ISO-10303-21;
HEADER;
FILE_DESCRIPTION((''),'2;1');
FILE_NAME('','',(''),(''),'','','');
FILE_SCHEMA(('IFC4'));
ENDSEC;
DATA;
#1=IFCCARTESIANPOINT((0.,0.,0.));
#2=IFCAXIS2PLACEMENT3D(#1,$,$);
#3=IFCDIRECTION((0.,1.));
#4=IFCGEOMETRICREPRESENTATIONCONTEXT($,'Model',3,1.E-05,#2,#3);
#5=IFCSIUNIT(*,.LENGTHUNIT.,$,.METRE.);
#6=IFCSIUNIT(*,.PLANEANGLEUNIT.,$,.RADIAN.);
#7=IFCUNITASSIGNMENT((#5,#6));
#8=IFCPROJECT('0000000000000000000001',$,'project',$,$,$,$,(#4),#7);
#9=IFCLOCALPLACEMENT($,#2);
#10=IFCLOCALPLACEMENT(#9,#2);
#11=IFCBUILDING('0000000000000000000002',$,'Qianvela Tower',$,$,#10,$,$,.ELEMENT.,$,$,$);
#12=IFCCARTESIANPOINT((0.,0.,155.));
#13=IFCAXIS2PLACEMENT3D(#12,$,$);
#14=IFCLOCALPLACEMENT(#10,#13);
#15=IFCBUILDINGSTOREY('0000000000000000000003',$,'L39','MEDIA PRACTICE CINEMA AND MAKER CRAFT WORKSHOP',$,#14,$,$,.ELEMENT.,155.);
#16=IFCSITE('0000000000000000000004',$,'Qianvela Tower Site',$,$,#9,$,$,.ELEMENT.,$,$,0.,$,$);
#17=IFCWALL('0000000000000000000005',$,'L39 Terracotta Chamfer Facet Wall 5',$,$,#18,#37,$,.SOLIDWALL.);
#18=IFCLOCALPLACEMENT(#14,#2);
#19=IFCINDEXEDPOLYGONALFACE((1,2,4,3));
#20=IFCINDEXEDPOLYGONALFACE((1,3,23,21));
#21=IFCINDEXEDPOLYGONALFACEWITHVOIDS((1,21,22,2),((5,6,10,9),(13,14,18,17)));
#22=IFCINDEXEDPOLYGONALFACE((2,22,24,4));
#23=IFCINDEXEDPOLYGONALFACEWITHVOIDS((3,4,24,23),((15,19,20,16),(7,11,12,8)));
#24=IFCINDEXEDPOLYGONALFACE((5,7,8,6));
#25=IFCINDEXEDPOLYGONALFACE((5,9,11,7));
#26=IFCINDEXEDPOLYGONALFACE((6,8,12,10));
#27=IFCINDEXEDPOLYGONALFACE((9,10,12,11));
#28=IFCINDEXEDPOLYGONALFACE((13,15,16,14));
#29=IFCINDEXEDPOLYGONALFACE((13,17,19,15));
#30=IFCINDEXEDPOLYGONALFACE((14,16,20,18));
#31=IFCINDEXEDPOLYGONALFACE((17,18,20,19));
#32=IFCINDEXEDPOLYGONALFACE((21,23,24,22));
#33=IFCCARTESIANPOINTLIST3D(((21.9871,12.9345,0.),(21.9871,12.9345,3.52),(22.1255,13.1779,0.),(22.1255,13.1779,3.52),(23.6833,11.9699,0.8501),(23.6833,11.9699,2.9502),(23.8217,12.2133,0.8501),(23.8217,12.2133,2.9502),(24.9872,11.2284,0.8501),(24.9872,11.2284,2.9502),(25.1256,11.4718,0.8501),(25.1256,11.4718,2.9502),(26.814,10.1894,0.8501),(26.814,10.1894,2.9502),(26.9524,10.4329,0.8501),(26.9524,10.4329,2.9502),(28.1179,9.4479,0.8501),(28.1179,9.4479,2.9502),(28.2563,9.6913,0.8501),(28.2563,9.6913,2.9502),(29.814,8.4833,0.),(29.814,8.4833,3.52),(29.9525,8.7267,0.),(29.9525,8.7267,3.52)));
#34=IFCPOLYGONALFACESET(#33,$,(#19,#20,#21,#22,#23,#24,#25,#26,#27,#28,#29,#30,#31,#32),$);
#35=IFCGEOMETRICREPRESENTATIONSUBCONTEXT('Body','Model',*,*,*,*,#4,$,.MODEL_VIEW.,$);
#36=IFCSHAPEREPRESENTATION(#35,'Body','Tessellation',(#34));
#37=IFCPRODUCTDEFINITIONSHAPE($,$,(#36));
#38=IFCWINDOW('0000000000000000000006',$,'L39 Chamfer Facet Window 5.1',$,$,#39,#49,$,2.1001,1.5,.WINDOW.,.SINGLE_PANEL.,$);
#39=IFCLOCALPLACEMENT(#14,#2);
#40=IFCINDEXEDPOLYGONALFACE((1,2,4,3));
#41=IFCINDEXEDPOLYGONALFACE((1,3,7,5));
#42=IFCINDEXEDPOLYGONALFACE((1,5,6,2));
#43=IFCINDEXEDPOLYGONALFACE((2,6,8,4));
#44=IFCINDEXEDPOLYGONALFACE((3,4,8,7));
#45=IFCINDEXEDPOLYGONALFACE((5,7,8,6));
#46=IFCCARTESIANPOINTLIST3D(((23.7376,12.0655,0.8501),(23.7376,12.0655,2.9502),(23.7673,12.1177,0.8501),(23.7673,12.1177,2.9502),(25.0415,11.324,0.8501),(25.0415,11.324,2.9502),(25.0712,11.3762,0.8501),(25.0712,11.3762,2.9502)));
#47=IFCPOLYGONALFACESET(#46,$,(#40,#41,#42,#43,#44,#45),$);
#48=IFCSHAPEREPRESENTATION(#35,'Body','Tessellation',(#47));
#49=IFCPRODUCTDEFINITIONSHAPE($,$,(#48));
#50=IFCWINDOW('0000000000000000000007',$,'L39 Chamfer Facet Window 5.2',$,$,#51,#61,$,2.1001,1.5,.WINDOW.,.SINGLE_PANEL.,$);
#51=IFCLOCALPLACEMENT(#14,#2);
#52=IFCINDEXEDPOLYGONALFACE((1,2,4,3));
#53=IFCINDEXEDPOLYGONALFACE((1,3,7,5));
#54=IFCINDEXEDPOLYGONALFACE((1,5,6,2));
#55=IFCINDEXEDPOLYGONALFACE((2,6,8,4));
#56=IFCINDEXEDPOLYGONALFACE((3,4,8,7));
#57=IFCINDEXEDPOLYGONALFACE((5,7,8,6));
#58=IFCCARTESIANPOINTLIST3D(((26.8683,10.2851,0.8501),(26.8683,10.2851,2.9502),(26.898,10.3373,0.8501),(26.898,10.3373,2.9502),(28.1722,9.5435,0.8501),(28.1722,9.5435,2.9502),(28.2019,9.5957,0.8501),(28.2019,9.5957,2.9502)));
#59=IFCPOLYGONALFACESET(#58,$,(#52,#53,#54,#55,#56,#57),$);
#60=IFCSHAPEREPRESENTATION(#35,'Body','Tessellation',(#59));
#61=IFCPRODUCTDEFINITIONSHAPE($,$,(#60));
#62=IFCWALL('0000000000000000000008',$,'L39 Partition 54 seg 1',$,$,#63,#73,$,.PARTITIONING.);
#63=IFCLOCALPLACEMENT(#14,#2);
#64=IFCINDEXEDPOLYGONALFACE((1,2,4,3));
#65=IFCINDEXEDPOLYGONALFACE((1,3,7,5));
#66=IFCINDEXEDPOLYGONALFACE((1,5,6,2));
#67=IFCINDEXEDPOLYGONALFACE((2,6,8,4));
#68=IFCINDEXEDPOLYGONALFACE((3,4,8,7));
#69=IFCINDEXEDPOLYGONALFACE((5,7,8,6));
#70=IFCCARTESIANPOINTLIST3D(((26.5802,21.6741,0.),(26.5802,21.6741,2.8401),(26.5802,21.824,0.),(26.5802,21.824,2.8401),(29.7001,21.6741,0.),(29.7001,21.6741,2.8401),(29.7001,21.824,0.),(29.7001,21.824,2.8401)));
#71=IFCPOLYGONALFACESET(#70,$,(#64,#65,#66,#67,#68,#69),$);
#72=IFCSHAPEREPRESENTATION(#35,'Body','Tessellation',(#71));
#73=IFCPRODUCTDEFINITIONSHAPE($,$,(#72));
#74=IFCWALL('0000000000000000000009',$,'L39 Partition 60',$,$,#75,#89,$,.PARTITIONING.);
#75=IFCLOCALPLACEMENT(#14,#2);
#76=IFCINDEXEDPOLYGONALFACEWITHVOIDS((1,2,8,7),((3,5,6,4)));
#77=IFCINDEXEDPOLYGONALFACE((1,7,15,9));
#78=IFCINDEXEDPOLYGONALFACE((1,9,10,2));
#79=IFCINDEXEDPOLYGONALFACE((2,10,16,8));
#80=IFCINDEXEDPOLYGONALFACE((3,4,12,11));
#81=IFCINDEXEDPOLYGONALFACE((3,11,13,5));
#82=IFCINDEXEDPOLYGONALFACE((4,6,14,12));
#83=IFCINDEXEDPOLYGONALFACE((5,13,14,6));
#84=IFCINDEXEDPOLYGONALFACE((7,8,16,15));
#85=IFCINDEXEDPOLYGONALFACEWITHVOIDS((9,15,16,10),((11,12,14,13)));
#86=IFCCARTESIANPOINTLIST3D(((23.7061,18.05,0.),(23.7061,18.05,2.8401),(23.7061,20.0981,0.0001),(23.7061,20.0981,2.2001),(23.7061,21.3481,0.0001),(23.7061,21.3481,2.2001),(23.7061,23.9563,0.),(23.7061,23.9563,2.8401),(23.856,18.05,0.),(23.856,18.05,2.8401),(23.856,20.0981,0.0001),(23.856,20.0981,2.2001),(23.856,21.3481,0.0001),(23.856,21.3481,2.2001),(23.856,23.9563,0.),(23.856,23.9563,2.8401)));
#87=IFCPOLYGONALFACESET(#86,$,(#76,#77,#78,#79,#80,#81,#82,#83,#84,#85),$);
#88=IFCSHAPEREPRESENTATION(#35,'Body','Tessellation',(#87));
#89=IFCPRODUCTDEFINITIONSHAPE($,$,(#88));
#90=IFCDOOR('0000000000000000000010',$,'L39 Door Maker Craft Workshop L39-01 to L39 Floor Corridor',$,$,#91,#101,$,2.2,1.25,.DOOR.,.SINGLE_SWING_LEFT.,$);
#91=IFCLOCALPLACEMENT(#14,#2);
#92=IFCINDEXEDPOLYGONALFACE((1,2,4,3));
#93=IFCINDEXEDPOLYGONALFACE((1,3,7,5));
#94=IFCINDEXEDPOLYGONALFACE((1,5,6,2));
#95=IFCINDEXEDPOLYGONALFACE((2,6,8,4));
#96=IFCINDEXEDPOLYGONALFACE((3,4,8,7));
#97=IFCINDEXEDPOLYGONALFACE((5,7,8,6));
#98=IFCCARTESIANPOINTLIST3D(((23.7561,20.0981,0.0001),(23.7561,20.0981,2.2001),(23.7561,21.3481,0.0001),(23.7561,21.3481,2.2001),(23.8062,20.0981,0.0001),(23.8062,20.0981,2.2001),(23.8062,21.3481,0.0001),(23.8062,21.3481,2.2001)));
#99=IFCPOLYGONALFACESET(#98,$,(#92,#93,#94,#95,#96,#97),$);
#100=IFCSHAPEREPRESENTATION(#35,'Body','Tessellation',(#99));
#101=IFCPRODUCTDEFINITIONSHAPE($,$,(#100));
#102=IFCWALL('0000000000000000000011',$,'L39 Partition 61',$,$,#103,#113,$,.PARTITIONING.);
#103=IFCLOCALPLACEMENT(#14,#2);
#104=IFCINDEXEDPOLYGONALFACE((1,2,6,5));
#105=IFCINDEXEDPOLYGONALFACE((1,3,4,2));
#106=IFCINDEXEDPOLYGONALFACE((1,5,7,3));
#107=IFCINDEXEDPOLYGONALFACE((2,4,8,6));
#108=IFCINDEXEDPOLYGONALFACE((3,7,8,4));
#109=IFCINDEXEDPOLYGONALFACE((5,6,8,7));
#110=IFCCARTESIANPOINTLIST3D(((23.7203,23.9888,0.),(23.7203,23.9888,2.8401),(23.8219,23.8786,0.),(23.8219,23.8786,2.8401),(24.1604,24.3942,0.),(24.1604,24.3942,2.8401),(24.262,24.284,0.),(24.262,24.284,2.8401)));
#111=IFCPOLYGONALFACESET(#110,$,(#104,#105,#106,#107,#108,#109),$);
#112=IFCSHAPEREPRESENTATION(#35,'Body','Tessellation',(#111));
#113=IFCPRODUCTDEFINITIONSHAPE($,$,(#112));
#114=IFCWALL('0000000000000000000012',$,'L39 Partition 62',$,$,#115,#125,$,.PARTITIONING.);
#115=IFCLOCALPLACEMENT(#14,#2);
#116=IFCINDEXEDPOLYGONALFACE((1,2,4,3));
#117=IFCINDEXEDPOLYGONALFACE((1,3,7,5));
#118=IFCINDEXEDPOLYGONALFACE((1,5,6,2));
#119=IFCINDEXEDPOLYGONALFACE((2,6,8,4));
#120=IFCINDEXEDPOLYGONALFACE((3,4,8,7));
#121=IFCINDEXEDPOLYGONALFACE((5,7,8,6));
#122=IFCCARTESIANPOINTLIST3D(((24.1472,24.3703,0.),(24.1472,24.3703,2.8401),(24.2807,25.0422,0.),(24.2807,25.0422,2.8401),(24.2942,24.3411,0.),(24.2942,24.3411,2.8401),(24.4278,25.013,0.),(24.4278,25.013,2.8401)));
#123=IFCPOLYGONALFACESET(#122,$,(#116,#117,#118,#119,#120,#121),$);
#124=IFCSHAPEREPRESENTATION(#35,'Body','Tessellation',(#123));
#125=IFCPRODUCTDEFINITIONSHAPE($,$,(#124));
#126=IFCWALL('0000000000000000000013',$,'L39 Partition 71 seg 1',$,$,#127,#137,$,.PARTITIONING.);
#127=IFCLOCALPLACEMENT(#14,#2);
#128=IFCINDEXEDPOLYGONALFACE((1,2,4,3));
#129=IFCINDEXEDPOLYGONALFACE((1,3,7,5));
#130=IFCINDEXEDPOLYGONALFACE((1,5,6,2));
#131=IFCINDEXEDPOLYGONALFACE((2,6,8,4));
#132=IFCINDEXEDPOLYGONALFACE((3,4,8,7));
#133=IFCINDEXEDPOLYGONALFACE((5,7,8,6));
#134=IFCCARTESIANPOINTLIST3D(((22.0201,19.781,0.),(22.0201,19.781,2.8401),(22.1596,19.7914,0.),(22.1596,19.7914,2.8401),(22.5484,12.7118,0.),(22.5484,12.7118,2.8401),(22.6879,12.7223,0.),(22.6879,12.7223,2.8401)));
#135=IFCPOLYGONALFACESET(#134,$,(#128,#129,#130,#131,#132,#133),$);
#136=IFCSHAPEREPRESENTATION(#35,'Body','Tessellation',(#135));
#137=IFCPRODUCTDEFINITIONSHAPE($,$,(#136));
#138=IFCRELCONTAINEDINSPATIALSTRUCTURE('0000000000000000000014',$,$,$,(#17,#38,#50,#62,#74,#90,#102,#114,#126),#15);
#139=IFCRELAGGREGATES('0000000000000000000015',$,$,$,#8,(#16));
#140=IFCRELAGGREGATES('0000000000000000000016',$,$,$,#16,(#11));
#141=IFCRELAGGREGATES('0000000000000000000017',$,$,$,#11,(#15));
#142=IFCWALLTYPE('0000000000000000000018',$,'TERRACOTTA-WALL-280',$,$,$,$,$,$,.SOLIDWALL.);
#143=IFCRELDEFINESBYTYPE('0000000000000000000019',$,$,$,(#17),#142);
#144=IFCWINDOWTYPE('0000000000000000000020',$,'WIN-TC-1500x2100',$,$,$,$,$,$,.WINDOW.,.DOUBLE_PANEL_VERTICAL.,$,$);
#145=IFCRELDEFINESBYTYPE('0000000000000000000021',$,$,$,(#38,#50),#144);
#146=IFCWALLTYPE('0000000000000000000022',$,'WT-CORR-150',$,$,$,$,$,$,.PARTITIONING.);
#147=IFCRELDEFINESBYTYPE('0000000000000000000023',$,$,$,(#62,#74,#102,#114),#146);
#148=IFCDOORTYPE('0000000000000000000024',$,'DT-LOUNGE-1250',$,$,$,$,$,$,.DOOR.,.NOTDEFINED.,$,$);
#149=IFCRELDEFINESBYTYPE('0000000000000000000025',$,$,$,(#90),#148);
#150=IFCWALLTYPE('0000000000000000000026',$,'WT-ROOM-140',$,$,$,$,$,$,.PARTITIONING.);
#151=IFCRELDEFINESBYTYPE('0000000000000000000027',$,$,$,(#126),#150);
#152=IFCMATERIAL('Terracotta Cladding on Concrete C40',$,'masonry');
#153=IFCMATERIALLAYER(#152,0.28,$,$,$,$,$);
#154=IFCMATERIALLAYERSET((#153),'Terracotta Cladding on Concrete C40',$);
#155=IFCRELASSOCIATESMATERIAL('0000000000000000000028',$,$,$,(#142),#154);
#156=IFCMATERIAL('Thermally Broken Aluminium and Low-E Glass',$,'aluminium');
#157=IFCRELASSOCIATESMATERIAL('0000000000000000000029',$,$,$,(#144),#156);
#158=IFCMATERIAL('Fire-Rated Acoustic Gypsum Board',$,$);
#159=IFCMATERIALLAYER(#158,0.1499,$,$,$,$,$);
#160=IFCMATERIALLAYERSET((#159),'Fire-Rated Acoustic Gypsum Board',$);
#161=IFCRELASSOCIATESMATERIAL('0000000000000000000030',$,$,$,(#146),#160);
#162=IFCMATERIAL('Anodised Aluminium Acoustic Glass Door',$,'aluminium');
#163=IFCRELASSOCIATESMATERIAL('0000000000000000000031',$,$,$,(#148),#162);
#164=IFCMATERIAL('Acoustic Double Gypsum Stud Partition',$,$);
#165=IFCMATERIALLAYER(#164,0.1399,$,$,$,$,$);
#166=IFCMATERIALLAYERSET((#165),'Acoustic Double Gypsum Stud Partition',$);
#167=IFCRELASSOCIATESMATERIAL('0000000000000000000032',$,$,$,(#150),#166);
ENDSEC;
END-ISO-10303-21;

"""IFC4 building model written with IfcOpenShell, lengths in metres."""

from ifc_helpers import new_model, si_unit, direction, frame, frame_2d, origin, place, context, subcontext, project, spatial, rectangle, extrude, material, layer, layer_set, type_object, element, fill, save


model = new_model("IFC4")

# Units and contexts
model_context = context("Model", 3, precision=1e-05, world=origin(), true_north=direction((0.0, 1.0)))
body_context = subcontext(model_context, "Body", "Model", "MODEL_VIEW")
ifc_project = project(units=[si_unit("LENGTHUNIT", "METRE"), si_unit("PLANEANGLEUNIT", "RADIAN")], contexts=[model_context])

# Site, building, storey
site_placement = place(None, origin())
site = spatial("IfcSite", under=ifc_project, at=site_placement, Name="Qianvela Tower Site", CompositionType="ELEMENT", RefElevation=0.0)
building_placement = place(site_placement, origin())
building = spatial("IfcBuilding", under=site, at=building_placement, Name="Qianvela Tower", CompositionType="ELEMENT")
storey_placement = place(building_placement, frame((0.0, 0.0, 155.0)))
storey = spatial("IfcBuildingStorey", under=building, at=storey_placement, Name="L39", Description="MEDIA PRACTICE CINEMA AND MAKER CRAFT WORKSHOP", CompositionType="ELEMENT", Elevation=155.0)

# Wall, openings, windows
ifc_material_1 = material(Name="Terracotta Cladding on Concrete C40", Category="masonry")
ifc_layer_1 = layer(ifc_material_1, 0.28)
ifc_layer_set_1 = layer_set([ifc_layer_1], Name="Terracotta Cladding on Concrete C40")
wall_type_1 = type_object("IfcWallType", Name="TERRACOTTA-WALL-280", PredefinedType="SOLIDWALL", material=ifc_layer_set_1)
wall_1_placement = place(storey_placement, frame((22.0564, 13.0562, 0.0), z_axis=(0.0, 0.0, 1.0), x_axis=(0.869262, -0.494351, 0.0)))
wall_1 = element("IfcWall", 1, at=wall_1_placement, inside=storey, type_object=wall_type_1, Name="L39 Terracotta Chamfer Facet Wall 5", PredefinedType="SOLIDWALL", context=body_context, shape_type="SweptSolid", body=[
    extrude(rectangle(XDim=9.0042, YDim=0.28, at=frame_2d((4.502, 0.0))), origin(), (0.0, 0.0, 1.0), 3.52),
])
opening_1_placement = place(wall_1_placement, frame((1.9512, 0.0, 0.8501)))
opening_1 = element("IfcOpeningElement", 2, at=opening_1_placement, cuts=wall_1, PredefinedType="OPENING", context=body_context, shape_type="SweptSolid", body=[
    extrude(rectangle(XDim=1.5, YDim=2.1001, at=frame_2d((0.75, 1.05))), frame((0.0, 0.1499, 0.0), z_axis=(0.0, -1.0, 0.0), x_axis=(1.0, 0.0, 0.0)), (0.0, 0.0, 1.0), 0.3),
])
opening_2_placement = place(wall_1_placement, frame((5.5527, 0.0, 0.8501)))
opening_2 = element("IfcOpeningElement", 3, at=opening_2_placement, cuts=wall_1, PredefinedType="OPENING", context=body_context, shape_type="SweptSolid", body=[
    extrude(rectangle(XDim=1.5, YDim=2.1001, at=frame_2d((0.75, 1.05))), frame((0.0, 0.1499, 0.0), z_axis=(0.0, -1.0, 0.0), x_axis=(1.0, 0.0, 0.0)), (0.0, 0.0, 1.0), 0.3),
])
ifc_material_2 = material(Name="Thermally Broken Aluminium and Low-E Glass", Category="aluminium")
window_type = type_object("IfcWindowType", Name="WIN-TC-1500x2100", PartitioningType="DOUBLE_PANEL_VERTICAL", PredefinedType="WINDOW", material=ifc_material_2)
window_1_placement = place(opening_1_placement, origin())
window_1 = element("IfcWindow", 4, at=window_1_placement, inside=storey, type_object=window_type, Name="L39 Chamfer Facet Window 5.1", OverallHeight=2.1001, OverallWidth=1.5, PartitioningType="SINGLE_PANEL", PredefinedType="WINDOW", context=body_context, shape_type="SweptSolid", body=[
    extrude(rectangle(XDim=1.5, YDim=2.1001, at=frame_2d((0.75, 1.05))), frame((0.0, 0.03, 0.0), z_axis=(0.0, -1.0, 0.0), x_axis=(1.0, 0.0, 0.0)), (0.0, 0.0, 1.0), 0.0601),
])
fill(opening_1, window_1)
window_2_placement = place(opening_2_placement, origin())
window_2 = element("IfcWindow", 5, at=window_2_placement, inside=storey, type_object=window_type, Name="L39 Chamfer Facet Window 5.2", OverallHeight=2.1001, OverallWidth=1.5, PartitioningType="SINGLE_PANEL", PredefinedType="WINDOW", context=body_context, shape_type="SweptSolid", body=[
    extrude(rectangle(XDim=1.5, YDim=2.1001, at=frame_2d((0.75, 1.05))), frame((0.0, 0.03, 0.0), z_axis=(0.0, -1.0, 0.0), x_axis=(1.0, 0.0, 0.0)), (0.0, 0.0, 1.0), 0.0601),
])
fill(opening_2, window_2)

# Wall
ifc_material_3 = material(Name="Fire-Rated Acoustic Gypsum Board")
ifc_layer_2 = layer(ifc_material_3, 0.1499)
ifc_layer_set_2 = layer_set([ifc_layer_2], Name="Fire-Rated Acoustic Gypsum Board")
wall_type_2 = type_object("IfcWallType", Name="WT-CORR-150", PredefinedType="PARTITIONING", material=ifc_layer_set_2)
wall_2_placement = place(storey_placement, frame((26.5801, 21.749, 0.0), z_axis=(0.0, 0.0, 1.0), x_axis=(1.0, 0.0, 0.0)))
element("IfcWall", 6, at=wall_2_placement, inside=storey, type_object=wall_type_2, Name="L39 Partition 54 seg 1", PredefinedType="PARTITIONING", context=body_context, shape_type="SweptSolid", body=[
    extrude(rectangle(XDim=3.1199, YDim=0.1499, at=frame_2d((1.5601, 0.0))), origin(), (0.0, 0.0, 1.0), 2.8401),
])

# Wall, opening, door
wall_3_placement = place(storey_placement, frame((23.781, 18.05, 0.0), z_axis=(0.0, 0.0, 1.0), x_axis=(0.0, 1.0, 0.0)))
wall_3 = element("IfcWall", 7, at=wall_3_placement, inside=storey, type_object=wall_type_2, Name="L39 Partition 60", PredefinedType="PARTITIONING", context=body_context, shape_type="SweptSolid", body=[
    extrude(rectangle(XDim=5.9062, YDim=0.1499, at=frame_2d((2.9531, 0.0))), origin(), (0.0, 0.0, 1.0), 2.8401),
])
opening_3_placement = place(wall_3_placement, frame((2.0481, 0.0, 0.0)))
opening_3 = element("IfcOpeningElement", 8, at=opening_3_placement, cuts=wall_3, PredefinedType="OPENING", context=body_context, shape_type="SweptSolid", body=[
    extrude(rectangle(XDim=1.25, YDim=2.2, at=frame_2d((0.625, 1.1001))), frame((0.0, 0.085, 0.0), z_axis=(0.0, -1.0, 0.0), x_axis=(1.0, 0.0, 0.0)), (0.0, 0.0, 1.0), 0.1699),
])
ifc_material_4 = material(Name="Anodised Aluminium Acoustic Glass Door", Category="aluminium")
door_type = type_object("IfcDoorType", Name="DT-LOUNGE-1250", OperationType="NOTDEFINED", PredefinedType="DOOR", material=ifc_material_4)
door_placement = place(opening_3_placement, origin())
door = element("IfcDoor", 9, at=door_placement, inside=storey, type_object=door_type, Name="L39 Door Maker Craft Workshop L39-01 to L39 Floor Corridor", OperationType="SINGLE_SWING_LEFT", OverallHeight=2.2, OverallWidth=1.25, PredefinedType="DOOR", context=body_context, shape_type="SweptSolid", body=[
    extrude(rectangle(XDim=1.25, YDim=2.2, at=frame_2d((0.625, 1.1001))), frame((0.0, 0.0249, 0.0), z_axis=(0.0, -1.0, 0.0), x_axis=(1.0, 0.0, 0.0)), (0.0, 0.0, 1.0), 0.05),
])
fill(opening_3, door)

# Walls
wall_4_placement = place(storey_placement, frame((23.771, 23.9336, 0.0), z_axis=(0.0, 0.0, 1.0), x_axis=(0.735476, 0.677551, 0.0)))
element("IfcWall", 10, at=wall_4_placement, inside=storey, type_object=wall_type_2, Name="L39 Partition 61", PredefinedType="PARTITIONING", context=body_context, shape_type="SweptSolid", body=[
    extrude(rectangle(XDim=0.5984, YDim=0.1499, at=frame_2d((0.2993, 0.0))), origin(), (0.0, 0.0, 1.0), 2.8401),
])
wall_5_placement = place(storey_placement, frame((24.2207, 24.3557, 0.0), z_axis=(0.0, 0.0, 1.0), x_axis=(0.194951, 0.980813, 0.0)))
element("IfcWall", 11, at=wall_5_placement, inside=storey, type_object=wall_type_2, Name="L39 Partition 62", PredefinedType="PARTITIONING", context=body_context, shape_type="SweptSolid", body=[
    extrude(rectangle(XDim=0.6851, YDim=0.1499, at=frame_2d((0.3425, 0.0))), origin(), (0.0, 0.0, 1.0), 2.8401),
])
ifc_material_5 = material(Name="Acoustic Double Gypsum Stud Partition")
ifc_layer_3 = layer(ifc_material_5, 0.1399)
ifc_layer_set_3 = layer_set([ifc_layer_3], Name="Acoustic Double Gypsum Stud Partition")
wall_type_3 = type_object("IfcWallType", Name="WT-ROOM-140", PredefinedType="PARTITIONING", material=ifc_layer_set_3)
wall_6_placement = place(storey_placement, frame((22.6182, 12.717, 0.0), z_axis=(0.0, 0.0, 1.0), x_axis=(-0.074529, 0.997219, 0.0)))
element("IfcWall", 12, at=wall_6_placement, inside=storey, type_object=wall_type_3, Name="L39 Partition 71 seg 1", PredefinedType="PARTITIONING", context=body_context, shape_type="SweptSolid", body=[
    extrude(rectangle(XDim=7.0889, YDim=0.1399, at=frame_2d((3.5444, 0.0))), origin(), (0.0, 0.0, 1.0), 2.8401),
])

save(model, "model.ifc")
